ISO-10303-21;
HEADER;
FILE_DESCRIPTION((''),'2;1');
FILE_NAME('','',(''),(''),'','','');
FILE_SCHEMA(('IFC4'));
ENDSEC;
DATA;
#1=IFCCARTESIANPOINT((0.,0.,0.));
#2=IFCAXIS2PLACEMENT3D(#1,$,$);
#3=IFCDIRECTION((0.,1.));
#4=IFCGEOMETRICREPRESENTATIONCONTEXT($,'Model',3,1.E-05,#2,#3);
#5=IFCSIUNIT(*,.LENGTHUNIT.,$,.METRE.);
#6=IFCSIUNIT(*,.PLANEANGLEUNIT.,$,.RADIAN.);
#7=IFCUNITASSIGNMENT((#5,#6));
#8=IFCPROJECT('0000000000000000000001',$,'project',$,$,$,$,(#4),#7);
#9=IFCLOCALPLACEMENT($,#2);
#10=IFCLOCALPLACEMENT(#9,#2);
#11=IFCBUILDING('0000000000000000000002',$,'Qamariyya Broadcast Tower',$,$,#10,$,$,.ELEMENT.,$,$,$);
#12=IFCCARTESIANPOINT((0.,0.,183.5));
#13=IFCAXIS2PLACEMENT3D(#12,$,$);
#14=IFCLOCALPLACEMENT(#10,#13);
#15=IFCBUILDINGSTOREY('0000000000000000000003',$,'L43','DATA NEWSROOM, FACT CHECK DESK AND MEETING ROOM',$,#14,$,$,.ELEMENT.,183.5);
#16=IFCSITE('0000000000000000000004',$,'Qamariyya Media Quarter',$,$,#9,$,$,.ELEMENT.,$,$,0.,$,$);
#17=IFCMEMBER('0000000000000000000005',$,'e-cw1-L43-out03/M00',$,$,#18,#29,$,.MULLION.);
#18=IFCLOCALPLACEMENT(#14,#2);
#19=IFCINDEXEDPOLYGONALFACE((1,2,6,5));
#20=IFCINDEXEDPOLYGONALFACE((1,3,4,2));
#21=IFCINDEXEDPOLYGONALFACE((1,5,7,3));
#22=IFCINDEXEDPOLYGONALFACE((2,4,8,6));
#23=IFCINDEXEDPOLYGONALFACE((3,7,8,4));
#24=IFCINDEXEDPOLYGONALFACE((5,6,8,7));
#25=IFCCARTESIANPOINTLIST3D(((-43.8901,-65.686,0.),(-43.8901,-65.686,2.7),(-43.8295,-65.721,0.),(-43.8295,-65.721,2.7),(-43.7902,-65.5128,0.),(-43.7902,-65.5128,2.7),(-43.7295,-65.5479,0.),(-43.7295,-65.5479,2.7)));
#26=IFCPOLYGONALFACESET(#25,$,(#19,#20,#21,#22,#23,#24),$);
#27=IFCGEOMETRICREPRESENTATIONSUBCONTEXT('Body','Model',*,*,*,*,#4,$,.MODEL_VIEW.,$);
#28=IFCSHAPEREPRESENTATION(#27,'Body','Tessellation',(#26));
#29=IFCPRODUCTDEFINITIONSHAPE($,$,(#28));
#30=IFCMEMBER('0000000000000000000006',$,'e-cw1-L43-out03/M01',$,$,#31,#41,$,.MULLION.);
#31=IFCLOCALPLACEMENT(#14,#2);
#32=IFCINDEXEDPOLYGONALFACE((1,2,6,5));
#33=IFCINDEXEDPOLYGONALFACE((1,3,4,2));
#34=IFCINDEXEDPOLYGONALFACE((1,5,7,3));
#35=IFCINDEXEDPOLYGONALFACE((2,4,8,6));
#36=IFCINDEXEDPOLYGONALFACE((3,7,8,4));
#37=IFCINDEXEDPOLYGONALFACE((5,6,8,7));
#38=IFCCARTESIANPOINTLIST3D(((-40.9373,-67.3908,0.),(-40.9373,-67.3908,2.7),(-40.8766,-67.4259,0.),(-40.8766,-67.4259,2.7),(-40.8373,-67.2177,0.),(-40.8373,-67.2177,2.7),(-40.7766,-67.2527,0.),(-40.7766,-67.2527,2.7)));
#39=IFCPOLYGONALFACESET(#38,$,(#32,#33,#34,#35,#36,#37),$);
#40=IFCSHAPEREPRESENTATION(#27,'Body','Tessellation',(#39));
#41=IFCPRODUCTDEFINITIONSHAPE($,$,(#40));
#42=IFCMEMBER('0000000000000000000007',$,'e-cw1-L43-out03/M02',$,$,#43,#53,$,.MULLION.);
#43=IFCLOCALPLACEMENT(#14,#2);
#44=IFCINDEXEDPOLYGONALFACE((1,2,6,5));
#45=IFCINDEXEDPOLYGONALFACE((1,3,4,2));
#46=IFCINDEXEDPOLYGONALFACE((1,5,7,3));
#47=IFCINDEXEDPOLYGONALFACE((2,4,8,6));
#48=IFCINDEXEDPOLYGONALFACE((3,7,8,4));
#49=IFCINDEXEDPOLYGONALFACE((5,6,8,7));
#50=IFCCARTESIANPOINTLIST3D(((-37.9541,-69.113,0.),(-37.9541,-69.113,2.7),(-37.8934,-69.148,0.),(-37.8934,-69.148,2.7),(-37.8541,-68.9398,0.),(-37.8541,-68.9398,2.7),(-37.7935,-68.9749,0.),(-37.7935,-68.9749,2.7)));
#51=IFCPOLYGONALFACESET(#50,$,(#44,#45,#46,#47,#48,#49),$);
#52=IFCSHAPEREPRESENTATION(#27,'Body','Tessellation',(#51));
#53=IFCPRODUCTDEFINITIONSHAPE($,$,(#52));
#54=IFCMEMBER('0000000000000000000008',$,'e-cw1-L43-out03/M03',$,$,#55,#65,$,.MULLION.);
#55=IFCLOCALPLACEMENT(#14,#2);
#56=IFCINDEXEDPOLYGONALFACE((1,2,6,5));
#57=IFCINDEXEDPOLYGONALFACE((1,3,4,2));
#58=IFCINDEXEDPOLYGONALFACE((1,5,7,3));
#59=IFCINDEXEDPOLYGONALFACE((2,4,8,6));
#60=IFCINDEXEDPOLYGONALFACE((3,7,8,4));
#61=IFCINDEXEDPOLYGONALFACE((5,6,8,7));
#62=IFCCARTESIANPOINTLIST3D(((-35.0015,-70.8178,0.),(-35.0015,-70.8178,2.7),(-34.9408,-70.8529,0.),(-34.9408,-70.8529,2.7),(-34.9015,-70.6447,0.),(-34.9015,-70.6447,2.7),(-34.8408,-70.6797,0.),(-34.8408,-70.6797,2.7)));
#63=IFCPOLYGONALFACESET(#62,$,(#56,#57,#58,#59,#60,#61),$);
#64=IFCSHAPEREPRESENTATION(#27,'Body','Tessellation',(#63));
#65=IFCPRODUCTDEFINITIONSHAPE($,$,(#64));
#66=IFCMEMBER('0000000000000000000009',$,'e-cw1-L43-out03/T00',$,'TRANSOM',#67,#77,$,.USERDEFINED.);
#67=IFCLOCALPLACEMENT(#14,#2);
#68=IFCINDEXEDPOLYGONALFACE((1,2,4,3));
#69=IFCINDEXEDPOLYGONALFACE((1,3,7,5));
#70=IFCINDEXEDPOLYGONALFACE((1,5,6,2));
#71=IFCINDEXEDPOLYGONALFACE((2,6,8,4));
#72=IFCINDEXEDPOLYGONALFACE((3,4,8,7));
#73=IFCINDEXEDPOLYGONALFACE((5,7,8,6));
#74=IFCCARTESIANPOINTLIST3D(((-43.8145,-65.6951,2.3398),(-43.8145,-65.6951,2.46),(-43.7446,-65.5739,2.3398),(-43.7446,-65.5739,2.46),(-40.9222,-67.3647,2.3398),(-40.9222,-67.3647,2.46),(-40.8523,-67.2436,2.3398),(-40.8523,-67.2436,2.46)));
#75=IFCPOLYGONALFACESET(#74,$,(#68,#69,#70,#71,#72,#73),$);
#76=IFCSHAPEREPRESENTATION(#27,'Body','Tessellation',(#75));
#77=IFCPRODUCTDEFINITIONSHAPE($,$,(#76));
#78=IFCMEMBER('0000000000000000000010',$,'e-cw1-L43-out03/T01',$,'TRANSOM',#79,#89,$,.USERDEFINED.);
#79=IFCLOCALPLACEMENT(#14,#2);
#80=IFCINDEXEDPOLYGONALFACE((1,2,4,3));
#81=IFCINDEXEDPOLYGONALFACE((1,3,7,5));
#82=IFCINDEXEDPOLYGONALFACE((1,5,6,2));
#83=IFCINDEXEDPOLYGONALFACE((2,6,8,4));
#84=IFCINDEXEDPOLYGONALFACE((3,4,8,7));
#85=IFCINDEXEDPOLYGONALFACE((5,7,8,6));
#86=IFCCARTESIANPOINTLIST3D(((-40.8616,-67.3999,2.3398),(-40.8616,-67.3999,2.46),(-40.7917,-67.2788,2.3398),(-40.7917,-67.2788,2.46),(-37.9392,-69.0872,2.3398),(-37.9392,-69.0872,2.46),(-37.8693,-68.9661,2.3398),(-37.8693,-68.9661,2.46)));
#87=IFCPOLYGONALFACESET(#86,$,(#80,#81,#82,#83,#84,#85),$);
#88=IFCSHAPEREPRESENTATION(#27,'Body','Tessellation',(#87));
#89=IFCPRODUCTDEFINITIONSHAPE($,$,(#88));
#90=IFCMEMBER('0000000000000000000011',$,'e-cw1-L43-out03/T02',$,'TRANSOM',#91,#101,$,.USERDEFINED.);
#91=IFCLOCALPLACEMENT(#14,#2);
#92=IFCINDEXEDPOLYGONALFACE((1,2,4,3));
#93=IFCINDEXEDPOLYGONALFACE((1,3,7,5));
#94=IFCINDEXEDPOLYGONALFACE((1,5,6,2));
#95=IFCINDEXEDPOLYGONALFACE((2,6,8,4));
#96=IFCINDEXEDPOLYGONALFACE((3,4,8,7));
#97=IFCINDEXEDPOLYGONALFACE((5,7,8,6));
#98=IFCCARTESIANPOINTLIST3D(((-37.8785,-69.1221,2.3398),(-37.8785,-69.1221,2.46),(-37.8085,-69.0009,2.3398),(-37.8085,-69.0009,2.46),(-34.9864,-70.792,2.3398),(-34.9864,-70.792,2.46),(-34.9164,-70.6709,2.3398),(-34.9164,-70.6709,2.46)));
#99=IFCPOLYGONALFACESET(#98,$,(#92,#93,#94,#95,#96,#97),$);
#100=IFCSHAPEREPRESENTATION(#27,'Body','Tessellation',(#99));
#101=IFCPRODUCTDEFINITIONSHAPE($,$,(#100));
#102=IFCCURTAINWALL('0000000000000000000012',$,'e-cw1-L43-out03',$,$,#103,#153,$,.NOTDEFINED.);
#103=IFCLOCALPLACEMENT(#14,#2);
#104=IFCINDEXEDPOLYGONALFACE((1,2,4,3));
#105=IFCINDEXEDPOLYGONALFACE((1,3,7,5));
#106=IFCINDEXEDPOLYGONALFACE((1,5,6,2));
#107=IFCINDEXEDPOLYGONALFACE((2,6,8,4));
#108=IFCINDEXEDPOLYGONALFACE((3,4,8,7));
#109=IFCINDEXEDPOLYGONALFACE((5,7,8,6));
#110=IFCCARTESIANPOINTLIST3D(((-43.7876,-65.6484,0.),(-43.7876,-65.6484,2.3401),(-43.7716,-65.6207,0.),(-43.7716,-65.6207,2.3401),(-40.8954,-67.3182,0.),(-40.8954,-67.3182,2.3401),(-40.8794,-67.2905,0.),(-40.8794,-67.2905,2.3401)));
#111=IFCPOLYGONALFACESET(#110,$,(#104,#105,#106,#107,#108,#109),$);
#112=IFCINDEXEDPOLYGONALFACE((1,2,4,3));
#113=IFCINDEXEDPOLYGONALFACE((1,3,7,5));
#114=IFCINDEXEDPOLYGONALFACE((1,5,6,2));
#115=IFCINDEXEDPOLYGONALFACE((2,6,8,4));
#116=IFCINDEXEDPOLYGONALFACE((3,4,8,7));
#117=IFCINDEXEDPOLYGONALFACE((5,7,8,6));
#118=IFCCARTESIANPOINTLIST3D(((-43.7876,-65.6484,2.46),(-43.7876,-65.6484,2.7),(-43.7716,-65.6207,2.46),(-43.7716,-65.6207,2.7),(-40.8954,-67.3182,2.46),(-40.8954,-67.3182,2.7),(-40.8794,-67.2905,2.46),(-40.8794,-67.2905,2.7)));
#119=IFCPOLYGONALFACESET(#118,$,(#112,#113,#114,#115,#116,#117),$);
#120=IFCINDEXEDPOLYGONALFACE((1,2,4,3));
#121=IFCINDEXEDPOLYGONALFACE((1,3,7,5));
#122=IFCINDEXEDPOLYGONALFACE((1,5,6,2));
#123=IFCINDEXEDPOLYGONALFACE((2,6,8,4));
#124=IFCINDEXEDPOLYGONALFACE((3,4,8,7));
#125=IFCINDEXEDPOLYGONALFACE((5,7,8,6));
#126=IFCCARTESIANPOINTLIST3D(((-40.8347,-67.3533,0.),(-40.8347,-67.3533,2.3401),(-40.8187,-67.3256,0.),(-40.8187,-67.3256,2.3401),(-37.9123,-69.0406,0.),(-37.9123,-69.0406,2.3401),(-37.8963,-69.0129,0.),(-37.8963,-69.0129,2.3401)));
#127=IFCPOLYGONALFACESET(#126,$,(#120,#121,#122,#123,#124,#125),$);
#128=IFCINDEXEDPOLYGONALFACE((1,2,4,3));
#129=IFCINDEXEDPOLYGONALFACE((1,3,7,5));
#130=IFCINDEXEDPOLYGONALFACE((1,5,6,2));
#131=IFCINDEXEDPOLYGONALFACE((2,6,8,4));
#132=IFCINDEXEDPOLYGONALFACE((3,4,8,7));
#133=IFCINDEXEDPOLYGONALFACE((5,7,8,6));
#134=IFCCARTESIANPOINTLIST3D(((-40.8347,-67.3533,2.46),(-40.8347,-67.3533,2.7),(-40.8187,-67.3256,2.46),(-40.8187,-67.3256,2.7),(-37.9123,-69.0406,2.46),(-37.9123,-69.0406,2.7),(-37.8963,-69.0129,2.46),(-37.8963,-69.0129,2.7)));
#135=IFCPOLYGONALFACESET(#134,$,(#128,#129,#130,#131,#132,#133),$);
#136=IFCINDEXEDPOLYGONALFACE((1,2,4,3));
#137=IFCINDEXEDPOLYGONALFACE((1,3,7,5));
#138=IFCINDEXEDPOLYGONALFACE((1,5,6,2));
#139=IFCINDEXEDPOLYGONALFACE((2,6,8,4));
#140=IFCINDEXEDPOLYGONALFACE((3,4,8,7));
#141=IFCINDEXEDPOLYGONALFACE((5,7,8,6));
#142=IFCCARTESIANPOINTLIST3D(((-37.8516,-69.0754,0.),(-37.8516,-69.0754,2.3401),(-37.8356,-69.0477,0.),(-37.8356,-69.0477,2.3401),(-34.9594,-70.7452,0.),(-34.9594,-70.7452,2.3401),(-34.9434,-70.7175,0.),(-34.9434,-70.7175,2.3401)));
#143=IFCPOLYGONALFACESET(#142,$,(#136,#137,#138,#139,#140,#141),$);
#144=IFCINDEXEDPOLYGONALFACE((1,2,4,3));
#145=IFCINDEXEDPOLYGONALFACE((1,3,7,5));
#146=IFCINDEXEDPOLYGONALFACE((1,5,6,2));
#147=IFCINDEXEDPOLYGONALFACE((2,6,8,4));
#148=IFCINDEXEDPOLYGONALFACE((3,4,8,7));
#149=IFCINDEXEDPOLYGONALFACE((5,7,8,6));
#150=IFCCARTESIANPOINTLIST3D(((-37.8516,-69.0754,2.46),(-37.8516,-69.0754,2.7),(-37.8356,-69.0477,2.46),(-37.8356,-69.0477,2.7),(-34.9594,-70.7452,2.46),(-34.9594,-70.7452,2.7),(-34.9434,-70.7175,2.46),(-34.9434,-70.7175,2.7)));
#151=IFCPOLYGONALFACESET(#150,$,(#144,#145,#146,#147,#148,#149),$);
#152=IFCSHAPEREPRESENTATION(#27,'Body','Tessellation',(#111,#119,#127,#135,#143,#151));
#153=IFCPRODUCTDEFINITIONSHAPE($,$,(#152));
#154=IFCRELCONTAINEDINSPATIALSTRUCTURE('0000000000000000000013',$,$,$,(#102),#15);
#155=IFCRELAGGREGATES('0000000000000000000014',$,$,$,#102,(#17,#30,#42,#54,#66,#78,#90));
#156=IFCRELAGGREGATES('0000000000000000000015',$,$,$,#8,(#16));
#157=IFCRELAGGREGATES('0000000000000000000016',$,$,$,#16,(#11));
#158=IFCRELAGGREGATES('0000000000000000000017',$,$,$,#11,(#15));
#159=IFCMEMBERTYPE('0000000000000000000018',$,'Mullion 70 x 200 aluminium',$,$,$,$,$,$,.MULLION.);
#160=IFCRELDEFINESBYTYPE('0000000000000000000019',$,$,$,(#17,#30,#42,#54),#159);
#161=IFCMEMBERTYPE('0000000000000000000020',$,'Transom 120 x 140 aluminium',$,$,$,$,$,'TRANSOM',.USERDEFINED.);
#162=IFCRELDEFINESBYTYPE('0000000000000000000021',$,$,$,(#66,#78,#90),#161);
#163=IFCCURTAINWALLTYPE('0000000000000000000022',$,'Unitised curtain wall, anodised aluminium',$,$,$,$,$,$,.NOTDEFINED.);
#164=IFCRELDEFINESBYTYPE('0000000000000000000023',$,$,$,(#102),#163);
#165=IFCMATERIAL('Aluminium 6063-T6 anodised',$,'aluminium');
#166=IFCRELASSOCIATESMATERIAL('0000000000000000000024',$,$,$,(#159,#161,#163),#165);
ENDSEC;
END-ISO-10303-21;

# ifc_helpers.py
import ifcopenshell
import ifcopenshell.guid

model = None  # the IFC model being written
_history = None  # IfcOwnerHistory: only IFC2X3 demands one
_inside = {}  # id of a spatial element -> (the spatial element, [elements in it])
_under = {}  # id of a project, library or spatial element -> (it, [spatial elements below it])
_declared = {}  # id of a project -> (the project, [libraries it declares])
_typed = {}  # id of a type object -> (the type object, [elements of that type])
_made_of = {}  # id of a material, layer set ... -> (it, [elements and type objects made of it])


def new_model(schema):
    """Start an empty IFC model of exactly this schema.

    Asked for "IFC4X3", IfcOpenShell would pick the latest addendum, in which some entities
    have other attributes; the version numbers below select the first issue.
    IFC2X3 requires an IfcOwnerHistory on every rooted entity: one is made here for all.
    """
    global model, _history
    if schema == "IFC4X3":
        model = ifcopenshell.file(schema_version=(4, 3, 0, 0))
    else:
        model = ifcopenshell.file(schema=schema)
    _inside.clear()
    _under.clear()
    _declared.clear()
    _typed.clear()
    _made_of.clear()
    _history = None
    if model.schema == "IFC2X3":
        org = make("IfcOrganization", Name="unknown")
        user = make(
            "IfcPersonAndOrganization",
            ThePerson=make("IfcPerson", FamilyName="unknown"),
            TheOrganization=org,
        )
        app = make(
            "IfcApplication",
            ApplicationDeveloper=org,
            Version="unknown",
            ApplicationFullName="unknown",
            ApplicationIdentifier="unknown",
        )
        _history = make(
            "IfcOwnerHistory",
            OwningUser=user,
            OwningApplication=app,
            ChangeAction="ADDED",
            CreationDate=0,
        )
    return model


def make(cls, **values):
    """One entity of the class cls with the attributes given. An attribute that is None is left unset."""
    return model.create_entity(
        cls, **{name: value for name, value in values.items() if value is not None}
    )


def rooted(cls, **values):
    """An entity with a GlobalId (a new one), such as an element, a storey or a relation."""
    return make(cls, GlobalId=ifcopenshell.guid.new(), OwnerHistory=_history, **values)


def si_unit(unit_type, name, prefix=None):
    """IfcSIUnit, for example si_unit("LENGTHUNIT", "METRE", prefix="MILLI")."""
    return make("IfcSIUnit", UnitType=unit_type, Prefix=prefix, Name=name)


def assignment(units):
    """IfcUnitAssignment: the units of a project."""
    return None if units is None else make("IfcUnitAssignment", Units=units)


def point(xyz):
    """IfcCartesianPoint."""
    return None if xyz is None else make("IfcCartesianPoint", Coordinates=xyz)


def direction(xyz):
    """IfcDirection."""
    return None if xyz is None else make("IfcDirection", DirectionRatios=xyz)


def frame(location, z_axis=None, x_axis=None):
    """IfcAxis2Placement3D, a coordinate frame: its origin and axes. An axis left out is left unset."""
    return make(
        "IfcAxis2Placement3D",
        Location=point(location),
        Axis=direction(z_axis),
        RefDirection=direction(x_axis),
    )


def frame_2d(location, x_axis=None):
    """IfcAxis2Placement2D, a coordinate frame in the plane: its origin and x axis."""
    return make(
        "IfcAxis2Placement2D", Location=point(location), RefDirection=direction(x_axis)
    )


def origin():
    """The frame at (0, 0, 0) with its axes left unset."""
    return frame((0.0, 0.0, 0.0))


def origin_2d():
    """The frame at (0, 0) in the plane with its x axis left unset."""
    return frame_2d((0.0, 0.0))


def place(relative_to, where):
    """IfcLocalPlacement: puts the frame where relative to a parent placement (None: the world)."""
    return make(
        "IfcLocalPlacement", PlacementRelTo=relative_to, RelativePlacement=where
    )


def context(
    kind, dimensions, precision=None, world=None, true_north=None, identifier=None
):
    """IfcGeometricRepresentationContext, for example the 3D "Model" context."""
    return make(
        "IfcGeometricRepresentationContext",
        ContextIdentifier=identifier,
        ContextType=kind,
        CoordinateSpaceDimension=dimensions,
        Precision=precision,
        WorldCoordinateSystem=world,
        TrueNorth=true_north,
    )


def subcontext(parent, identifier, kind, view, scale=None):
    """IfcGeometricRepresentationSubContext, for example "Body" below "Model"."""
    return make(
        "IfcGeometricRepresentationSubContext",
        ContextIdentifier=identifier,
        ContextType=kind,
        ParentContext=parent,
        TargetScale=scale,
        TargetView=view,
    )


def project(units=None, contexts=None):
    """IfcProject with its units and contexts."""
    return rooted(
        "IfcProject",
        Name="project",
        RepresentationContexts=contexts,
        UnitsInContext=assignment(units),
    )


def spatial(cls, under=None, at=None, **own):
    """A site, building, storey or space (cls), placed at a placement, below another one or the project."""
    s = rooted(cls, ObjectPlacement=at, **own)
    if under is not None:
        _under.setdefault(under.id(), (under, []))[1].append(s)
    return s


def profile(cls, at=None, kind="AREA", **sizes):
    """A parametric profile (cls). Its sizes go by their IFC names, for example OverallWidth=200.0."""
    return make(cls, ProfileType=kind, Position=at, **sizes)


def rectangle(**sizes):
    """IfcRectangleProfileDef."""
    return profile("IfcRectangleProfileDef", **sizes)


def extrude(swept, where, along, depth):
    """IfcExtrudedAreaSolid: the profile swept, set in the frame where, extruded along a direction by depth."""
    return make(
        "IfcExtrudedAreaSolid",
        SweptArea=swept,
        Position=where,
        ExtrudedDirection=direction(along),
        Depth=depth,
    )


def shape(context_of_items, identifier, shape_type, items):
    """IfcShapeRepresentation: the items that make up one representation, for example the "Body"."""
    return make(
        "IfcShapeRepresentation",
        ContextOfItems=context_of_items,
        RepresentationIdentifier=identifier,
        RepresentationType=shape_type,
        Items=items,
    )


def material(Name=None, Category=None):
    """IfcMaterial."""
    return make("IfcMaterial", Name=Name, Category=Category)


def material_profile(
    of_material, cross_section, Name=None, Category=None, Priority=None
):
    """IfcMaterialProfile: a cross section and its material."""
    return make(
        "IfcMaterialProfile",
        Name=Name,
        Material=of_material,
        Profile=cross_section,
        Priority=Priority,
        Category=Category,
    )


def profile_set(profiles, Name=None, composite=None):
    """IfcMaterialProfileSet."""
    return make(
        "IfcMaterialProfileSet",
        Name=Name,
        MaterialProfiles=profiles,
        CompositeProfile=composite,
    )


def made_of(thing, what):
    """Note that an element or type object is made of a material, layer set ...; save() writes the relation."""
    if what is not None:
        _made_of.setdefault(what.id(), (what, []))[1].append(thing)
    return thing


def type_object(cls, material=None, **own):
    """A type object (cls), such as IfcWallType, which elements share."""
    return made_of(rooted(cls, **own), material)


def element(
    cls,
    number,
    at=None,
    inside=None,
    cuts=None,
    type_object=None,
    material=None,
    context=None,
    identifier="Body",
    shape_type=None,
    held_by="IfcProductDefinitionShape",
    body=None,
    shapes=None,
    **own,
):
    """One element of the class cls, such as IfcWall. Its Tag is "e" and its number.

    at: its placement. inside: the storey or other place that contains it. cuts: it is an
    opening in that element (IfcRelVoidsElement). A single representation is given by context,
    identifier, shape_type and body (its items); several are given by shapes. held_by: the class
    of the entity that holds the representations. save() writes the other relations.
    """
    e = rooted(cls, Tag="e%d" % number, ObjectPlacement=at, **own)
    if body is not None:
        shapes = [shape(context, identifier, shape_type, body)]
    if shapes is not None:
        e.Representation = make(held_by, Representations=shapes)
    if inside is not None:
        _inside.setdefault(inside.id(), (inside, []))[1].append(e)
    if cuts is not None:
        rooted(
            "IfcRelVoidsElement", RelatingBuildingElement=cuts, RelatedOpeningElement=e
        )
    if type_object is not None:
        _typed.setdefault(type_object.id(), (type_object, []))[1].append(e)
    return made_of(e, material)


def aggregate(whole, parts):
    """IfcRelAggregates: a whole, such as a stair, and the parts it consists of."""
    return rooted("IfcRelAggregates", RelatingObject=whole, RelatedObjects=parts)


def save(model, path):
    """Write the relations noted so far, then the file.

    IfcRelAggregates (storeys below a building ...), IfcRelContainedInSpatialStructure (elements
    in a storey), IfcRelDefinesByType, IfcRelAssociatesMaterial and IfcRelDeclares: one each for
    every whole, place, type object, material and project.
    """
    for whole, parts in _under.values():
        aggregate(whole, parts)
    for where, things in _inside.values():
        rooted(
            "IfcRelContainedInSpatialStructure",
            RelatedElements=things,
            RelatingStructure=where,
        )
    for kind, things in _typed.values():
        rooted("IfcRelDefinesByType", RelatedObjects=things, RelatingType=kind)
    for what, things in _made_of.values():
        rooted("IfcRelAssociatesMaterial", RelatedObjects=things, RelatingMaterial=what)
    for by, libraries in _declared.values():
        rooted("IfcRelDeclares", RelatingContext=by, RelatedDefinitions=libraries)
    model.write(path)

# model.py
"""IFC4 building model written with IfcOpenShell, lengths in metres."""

from ifc_helpers import new_model, si_unit, direction, frame, origin, origin_2d, place, context, subcontext, project, spatial, rectangle, extrude, material, material_profile, profile_set, type_object, element, aggregate, save


model = new_model("IFC4")

# Units and contexts
model_context = context("Model", 3, precision=1e-05, world=origin(), true_north=direction((0.0, 1.0)))
body_context = subcontext(model_context, "Body", "Model", "MODEL_VIEW")
ifc_project = project(units=[si_unit("LENGTHUNIT", "METRE"), si_unit("PLANEANGLEUNIT", "RADIAN")], contexts=[model_context])

# Members
ifc_material = material(Name="Aluminium 6063-T6 anodised", Category="aluminium")
ifc_material_profile_1 = material_profile(ifc_material, rectangle(XDim=0.2, YDim=0.0701, at=origin_2d()))
ifc_profile_set_1 = profile_set([ifc_material_profile_1], Name="Aluminium 6063-T6 anodised")
member_type_1 = type_object("IfcMemberType", Name="Mullion 70 x 200 aluminium", PredefinedType="MULLION", material=ifc_profile_set_1)
site_placement = place(None, origin())
building_placement = place(site_placement, origin())
storey_placement = place(building_placement, frame((0.0, 0.0, 183.5)))
member_1_placement = place(storey_placement, frame((-43.8098, -65.6169, 0.0), z_axis=(0.0, 0.0, 1.0), x_axis=(0.5, 0.866025, 0.0)))
member_1 = element("IfcMember", 1, at=member_1_placement, type_object=member_type_1, Name="e-cw1-L43-out03/M00", PredefinedType="MULLION", context=body_context, shape_type="SweptSolid", body=[
    extrude(rectangle(XDim=0.2, YDim=0.0701, at=origin_2d()), origin(), (0.0, 0.0, 1.0), 2.7),
])
member_2_placement = place(storey_placement, frame((-40.8569, -67.3218, 0.0), z_axis=(0.0, 0.0, 1.0), x_axis=(0.5, 0.866025, 0.0)))
member_2 = element("IfcMember", 2, at=member_2_placement, type_object=member_type_1, Name="e-cw1-L43-out03/M01", PredefinedType="MULLION", context=body_context, shape_type="SweptSolid", body=[
    extrude(rectangle(XDim=0.2, YDim=0.0701, at=origin_2d()), origin(), (0.0, 0.0, 1.0), 2.7),
])
member_3_placement = place(storey_placement, frame((-37.8738, -69.0439, 0.0), z_axis=(0.0, 0.0, 1.0), x_axis=(0.5, 0.866025, 0.0)))
member_3 = element("IfcMember", 3, at=member_3_placement, type_object=member_type_1, Name="e-cw1-L43-out03/M02", PredefinedType="MULLION", context=body_context, shape_type="SweptSolid", body=[
    extrude(rectangle(XDim=0.2, YDim=0.0701, at=origin_2d()), origin(), (0.0, 0.0, 1.0), 2.7),
])
member_4_placement = place(storey_placement, frame((-34.9211, -70.7488, 0.0), z_axis=(0.0, 0.0, 1.0), x_axis=(0.5, 0.866025, 0.0)))
member_4 = element("IfcMember", 4, at=member_4_placement, type_object=member_type_1, Name="e-cw1-L43-out03/M03", PredefinedType="MULLION", context=body_context, shape_type="SweptSolid", body=[
    extrude(rectangle(XDim=0.2, YDim=0.0701, at=origin_2d()), origin(), (0.0, 0.0, 1.0), 2.7),
])
ifc_material_profile_2 = material_profile(ifc_material, rectangle(XDim=0.1399, YDim=0.1201, at=origin_2d()))
ifc_profile_set_2 = profile_set([ifc_material_profile_2], Name="Aluminium 6063-T6 anodised")
member_type_2 = type_object("IfcMemberType", Name="Transom 120 x 140 aluminium", ElementType="TRANSOM", PredefinedType="USERDEFINED", material=ifc_profile_set_2)
member_5_placement = place(storey_placement, frame((-43.7795, -65.6345, 2.3999), z_axis=(0.866053, -0.499952, 0.0), x_axis=(0.499952, 0.866053, 0.0)))
member_5 = element("IfcMember", 5, at=member_5_placement, type_object=member_type_2, Name="e-cw1-L43-out03/T00", ObjectType="TRANSOM", PredefinedType="USERDEFINED", context=body_context, shape_type="SweptSolid", body=[
    extrude(rectangle(XDim=0.1399, YDim=0.1201, at=origin_2d()), origin(), (0.0, 0.0, 1.0), 3.3396),
])
member_6_placement = place(storey_placement, frame((-40.8267, -67.3394, 2.3999), z_axis=(0.866022, -0.500006, 0.0), x_axis=(0.500006, 0.866022, 0.0)))
member_6 = element("IfcMember", 6, at=member_6_placement, type_object=member_type_2, Name="e-cw1-L43-out03/T01", ObjectType="TRANSOM", PredefinedType="USERDEFINED", context=body_context, shape_type="SweptSolid", body=[
    extrude(rectangle(XDim=0.1399, YDim=0.1201, at=origin_2d()), origin(), (0.0, 0.0, 1.0), 3.3745),
])
member_7_placement = place(storey_placement, frame((-37.8435, -69.0615, 2.3999), z_axis=(0.866003, -0.500039, 0.0), x_axis=(0.500039, 0.866003, 0.0)))
member_7 = element("IfcMember", 7, at=member_7_placement, type_object=member_type_2, Name="e-cw1-L43-out03/T02", ObjectType="TRANSOM", PredefinedType="USERDEFINED", context=body_context, shape_type="SweptSolid", body=[
    extrude(rectangle(XDim=0.1399, YDim=0.1201, at=origin_2d()), origin(), (0.0, 0.0, 1.0), 3.3396),
])

# Site, building, storey
site = spatial("IfcSite", under=ifc_project, at=site_placement, Name="Qamariyya Media Quarter", CompositionType="ELEMENT", RefElevation=0.0)
building = spatial("IfcBuilding", under=site, at=building_placement, Name="Qamariyya Broadcast Tower", CompositionType="ELEMENT")
storey = spatial("IfcBuildingStorey", under=building, at=storey_placement, Name="L43", Description="DATA NEWSROOM, FACT CHECK DESK AND MEETING ROOM", CompositionType="ELEMENT", Elevation=183.5)

# Curtain wall
curtain_wall_type = type_object("IfcCurtainWallType", Name="Unitised curtain wall, anodised aluminium", PredefinedType="NOTDEFINED", material=ifc_material)
curtain_wall_1_placement = place(storey_placement, origin())
curtain_wall_1 = element("IfcCurtainWall", 8, at=curtain_wall_1_placement, inside=storey, type_object=curtain_wall_type, Name="e-cw1-L43-out03", PredefinedType="NOTDEFINED", context=body_context, shape_type="SweptSolid", body=[
    extrude(rectangle(XDim=3.3396, YDim=0.032, at=origin_2d()), frame((-42.3335, -66.4695, 0.0), x_axis=(0.866029, -0.499994, 0.0)), (0.0, 0.0, 1.0), 2.3401),
    extrude(rectangle(XDim=3.3396, YDim=0.032, at=origin_2d()), frame((-42.3335, -66.4695, 2.46), x_axis=(0.866029, -0.499994, 0.0)), (0.0, 0.0, 1.0), 0.24),
    extrude(rectangle(XDim=3.3745, YDim=0.032, at=origin_2d()), frame((-39.3655, -68.1831, 0.0), x_axis=(0.866029, -0.499994, 0.0)), (0.0, 0.0, 1.0), 2.3401),
    extrude(rectangle(XDim=3.3745, YDim=0.032, at=origin_2d()), frame((-39.3655, -68.1831, 2.46), x_axis=(0.866029, -0.499994, 0.0)), (0.0, 0.0, 1.0), 0.24),
    extrude(rectangle(XDim=3.3396, YDim=0.032, at=origin_2d()), frame((-36.3975, -69.8965, 0.0), x_axis=(0.866029, -0.499994, 0.0)), (0.0, 0.0, 1.0), 2.3401),
    extrude(rectangle(XDim=3.3396, YDim=0.032, at=origin_2d()), frame((-36.3975, -69.8965, 2.46), x_axis=(0.866029, -0.499994, 0.0)), (0.0, 0.0, 1.0), 0.24),
])
aggregate(curtain_wall_1, [member_1, member_2, member_3, member_4, member_5, member_6, member_7])

save(model, "model.ifc")
